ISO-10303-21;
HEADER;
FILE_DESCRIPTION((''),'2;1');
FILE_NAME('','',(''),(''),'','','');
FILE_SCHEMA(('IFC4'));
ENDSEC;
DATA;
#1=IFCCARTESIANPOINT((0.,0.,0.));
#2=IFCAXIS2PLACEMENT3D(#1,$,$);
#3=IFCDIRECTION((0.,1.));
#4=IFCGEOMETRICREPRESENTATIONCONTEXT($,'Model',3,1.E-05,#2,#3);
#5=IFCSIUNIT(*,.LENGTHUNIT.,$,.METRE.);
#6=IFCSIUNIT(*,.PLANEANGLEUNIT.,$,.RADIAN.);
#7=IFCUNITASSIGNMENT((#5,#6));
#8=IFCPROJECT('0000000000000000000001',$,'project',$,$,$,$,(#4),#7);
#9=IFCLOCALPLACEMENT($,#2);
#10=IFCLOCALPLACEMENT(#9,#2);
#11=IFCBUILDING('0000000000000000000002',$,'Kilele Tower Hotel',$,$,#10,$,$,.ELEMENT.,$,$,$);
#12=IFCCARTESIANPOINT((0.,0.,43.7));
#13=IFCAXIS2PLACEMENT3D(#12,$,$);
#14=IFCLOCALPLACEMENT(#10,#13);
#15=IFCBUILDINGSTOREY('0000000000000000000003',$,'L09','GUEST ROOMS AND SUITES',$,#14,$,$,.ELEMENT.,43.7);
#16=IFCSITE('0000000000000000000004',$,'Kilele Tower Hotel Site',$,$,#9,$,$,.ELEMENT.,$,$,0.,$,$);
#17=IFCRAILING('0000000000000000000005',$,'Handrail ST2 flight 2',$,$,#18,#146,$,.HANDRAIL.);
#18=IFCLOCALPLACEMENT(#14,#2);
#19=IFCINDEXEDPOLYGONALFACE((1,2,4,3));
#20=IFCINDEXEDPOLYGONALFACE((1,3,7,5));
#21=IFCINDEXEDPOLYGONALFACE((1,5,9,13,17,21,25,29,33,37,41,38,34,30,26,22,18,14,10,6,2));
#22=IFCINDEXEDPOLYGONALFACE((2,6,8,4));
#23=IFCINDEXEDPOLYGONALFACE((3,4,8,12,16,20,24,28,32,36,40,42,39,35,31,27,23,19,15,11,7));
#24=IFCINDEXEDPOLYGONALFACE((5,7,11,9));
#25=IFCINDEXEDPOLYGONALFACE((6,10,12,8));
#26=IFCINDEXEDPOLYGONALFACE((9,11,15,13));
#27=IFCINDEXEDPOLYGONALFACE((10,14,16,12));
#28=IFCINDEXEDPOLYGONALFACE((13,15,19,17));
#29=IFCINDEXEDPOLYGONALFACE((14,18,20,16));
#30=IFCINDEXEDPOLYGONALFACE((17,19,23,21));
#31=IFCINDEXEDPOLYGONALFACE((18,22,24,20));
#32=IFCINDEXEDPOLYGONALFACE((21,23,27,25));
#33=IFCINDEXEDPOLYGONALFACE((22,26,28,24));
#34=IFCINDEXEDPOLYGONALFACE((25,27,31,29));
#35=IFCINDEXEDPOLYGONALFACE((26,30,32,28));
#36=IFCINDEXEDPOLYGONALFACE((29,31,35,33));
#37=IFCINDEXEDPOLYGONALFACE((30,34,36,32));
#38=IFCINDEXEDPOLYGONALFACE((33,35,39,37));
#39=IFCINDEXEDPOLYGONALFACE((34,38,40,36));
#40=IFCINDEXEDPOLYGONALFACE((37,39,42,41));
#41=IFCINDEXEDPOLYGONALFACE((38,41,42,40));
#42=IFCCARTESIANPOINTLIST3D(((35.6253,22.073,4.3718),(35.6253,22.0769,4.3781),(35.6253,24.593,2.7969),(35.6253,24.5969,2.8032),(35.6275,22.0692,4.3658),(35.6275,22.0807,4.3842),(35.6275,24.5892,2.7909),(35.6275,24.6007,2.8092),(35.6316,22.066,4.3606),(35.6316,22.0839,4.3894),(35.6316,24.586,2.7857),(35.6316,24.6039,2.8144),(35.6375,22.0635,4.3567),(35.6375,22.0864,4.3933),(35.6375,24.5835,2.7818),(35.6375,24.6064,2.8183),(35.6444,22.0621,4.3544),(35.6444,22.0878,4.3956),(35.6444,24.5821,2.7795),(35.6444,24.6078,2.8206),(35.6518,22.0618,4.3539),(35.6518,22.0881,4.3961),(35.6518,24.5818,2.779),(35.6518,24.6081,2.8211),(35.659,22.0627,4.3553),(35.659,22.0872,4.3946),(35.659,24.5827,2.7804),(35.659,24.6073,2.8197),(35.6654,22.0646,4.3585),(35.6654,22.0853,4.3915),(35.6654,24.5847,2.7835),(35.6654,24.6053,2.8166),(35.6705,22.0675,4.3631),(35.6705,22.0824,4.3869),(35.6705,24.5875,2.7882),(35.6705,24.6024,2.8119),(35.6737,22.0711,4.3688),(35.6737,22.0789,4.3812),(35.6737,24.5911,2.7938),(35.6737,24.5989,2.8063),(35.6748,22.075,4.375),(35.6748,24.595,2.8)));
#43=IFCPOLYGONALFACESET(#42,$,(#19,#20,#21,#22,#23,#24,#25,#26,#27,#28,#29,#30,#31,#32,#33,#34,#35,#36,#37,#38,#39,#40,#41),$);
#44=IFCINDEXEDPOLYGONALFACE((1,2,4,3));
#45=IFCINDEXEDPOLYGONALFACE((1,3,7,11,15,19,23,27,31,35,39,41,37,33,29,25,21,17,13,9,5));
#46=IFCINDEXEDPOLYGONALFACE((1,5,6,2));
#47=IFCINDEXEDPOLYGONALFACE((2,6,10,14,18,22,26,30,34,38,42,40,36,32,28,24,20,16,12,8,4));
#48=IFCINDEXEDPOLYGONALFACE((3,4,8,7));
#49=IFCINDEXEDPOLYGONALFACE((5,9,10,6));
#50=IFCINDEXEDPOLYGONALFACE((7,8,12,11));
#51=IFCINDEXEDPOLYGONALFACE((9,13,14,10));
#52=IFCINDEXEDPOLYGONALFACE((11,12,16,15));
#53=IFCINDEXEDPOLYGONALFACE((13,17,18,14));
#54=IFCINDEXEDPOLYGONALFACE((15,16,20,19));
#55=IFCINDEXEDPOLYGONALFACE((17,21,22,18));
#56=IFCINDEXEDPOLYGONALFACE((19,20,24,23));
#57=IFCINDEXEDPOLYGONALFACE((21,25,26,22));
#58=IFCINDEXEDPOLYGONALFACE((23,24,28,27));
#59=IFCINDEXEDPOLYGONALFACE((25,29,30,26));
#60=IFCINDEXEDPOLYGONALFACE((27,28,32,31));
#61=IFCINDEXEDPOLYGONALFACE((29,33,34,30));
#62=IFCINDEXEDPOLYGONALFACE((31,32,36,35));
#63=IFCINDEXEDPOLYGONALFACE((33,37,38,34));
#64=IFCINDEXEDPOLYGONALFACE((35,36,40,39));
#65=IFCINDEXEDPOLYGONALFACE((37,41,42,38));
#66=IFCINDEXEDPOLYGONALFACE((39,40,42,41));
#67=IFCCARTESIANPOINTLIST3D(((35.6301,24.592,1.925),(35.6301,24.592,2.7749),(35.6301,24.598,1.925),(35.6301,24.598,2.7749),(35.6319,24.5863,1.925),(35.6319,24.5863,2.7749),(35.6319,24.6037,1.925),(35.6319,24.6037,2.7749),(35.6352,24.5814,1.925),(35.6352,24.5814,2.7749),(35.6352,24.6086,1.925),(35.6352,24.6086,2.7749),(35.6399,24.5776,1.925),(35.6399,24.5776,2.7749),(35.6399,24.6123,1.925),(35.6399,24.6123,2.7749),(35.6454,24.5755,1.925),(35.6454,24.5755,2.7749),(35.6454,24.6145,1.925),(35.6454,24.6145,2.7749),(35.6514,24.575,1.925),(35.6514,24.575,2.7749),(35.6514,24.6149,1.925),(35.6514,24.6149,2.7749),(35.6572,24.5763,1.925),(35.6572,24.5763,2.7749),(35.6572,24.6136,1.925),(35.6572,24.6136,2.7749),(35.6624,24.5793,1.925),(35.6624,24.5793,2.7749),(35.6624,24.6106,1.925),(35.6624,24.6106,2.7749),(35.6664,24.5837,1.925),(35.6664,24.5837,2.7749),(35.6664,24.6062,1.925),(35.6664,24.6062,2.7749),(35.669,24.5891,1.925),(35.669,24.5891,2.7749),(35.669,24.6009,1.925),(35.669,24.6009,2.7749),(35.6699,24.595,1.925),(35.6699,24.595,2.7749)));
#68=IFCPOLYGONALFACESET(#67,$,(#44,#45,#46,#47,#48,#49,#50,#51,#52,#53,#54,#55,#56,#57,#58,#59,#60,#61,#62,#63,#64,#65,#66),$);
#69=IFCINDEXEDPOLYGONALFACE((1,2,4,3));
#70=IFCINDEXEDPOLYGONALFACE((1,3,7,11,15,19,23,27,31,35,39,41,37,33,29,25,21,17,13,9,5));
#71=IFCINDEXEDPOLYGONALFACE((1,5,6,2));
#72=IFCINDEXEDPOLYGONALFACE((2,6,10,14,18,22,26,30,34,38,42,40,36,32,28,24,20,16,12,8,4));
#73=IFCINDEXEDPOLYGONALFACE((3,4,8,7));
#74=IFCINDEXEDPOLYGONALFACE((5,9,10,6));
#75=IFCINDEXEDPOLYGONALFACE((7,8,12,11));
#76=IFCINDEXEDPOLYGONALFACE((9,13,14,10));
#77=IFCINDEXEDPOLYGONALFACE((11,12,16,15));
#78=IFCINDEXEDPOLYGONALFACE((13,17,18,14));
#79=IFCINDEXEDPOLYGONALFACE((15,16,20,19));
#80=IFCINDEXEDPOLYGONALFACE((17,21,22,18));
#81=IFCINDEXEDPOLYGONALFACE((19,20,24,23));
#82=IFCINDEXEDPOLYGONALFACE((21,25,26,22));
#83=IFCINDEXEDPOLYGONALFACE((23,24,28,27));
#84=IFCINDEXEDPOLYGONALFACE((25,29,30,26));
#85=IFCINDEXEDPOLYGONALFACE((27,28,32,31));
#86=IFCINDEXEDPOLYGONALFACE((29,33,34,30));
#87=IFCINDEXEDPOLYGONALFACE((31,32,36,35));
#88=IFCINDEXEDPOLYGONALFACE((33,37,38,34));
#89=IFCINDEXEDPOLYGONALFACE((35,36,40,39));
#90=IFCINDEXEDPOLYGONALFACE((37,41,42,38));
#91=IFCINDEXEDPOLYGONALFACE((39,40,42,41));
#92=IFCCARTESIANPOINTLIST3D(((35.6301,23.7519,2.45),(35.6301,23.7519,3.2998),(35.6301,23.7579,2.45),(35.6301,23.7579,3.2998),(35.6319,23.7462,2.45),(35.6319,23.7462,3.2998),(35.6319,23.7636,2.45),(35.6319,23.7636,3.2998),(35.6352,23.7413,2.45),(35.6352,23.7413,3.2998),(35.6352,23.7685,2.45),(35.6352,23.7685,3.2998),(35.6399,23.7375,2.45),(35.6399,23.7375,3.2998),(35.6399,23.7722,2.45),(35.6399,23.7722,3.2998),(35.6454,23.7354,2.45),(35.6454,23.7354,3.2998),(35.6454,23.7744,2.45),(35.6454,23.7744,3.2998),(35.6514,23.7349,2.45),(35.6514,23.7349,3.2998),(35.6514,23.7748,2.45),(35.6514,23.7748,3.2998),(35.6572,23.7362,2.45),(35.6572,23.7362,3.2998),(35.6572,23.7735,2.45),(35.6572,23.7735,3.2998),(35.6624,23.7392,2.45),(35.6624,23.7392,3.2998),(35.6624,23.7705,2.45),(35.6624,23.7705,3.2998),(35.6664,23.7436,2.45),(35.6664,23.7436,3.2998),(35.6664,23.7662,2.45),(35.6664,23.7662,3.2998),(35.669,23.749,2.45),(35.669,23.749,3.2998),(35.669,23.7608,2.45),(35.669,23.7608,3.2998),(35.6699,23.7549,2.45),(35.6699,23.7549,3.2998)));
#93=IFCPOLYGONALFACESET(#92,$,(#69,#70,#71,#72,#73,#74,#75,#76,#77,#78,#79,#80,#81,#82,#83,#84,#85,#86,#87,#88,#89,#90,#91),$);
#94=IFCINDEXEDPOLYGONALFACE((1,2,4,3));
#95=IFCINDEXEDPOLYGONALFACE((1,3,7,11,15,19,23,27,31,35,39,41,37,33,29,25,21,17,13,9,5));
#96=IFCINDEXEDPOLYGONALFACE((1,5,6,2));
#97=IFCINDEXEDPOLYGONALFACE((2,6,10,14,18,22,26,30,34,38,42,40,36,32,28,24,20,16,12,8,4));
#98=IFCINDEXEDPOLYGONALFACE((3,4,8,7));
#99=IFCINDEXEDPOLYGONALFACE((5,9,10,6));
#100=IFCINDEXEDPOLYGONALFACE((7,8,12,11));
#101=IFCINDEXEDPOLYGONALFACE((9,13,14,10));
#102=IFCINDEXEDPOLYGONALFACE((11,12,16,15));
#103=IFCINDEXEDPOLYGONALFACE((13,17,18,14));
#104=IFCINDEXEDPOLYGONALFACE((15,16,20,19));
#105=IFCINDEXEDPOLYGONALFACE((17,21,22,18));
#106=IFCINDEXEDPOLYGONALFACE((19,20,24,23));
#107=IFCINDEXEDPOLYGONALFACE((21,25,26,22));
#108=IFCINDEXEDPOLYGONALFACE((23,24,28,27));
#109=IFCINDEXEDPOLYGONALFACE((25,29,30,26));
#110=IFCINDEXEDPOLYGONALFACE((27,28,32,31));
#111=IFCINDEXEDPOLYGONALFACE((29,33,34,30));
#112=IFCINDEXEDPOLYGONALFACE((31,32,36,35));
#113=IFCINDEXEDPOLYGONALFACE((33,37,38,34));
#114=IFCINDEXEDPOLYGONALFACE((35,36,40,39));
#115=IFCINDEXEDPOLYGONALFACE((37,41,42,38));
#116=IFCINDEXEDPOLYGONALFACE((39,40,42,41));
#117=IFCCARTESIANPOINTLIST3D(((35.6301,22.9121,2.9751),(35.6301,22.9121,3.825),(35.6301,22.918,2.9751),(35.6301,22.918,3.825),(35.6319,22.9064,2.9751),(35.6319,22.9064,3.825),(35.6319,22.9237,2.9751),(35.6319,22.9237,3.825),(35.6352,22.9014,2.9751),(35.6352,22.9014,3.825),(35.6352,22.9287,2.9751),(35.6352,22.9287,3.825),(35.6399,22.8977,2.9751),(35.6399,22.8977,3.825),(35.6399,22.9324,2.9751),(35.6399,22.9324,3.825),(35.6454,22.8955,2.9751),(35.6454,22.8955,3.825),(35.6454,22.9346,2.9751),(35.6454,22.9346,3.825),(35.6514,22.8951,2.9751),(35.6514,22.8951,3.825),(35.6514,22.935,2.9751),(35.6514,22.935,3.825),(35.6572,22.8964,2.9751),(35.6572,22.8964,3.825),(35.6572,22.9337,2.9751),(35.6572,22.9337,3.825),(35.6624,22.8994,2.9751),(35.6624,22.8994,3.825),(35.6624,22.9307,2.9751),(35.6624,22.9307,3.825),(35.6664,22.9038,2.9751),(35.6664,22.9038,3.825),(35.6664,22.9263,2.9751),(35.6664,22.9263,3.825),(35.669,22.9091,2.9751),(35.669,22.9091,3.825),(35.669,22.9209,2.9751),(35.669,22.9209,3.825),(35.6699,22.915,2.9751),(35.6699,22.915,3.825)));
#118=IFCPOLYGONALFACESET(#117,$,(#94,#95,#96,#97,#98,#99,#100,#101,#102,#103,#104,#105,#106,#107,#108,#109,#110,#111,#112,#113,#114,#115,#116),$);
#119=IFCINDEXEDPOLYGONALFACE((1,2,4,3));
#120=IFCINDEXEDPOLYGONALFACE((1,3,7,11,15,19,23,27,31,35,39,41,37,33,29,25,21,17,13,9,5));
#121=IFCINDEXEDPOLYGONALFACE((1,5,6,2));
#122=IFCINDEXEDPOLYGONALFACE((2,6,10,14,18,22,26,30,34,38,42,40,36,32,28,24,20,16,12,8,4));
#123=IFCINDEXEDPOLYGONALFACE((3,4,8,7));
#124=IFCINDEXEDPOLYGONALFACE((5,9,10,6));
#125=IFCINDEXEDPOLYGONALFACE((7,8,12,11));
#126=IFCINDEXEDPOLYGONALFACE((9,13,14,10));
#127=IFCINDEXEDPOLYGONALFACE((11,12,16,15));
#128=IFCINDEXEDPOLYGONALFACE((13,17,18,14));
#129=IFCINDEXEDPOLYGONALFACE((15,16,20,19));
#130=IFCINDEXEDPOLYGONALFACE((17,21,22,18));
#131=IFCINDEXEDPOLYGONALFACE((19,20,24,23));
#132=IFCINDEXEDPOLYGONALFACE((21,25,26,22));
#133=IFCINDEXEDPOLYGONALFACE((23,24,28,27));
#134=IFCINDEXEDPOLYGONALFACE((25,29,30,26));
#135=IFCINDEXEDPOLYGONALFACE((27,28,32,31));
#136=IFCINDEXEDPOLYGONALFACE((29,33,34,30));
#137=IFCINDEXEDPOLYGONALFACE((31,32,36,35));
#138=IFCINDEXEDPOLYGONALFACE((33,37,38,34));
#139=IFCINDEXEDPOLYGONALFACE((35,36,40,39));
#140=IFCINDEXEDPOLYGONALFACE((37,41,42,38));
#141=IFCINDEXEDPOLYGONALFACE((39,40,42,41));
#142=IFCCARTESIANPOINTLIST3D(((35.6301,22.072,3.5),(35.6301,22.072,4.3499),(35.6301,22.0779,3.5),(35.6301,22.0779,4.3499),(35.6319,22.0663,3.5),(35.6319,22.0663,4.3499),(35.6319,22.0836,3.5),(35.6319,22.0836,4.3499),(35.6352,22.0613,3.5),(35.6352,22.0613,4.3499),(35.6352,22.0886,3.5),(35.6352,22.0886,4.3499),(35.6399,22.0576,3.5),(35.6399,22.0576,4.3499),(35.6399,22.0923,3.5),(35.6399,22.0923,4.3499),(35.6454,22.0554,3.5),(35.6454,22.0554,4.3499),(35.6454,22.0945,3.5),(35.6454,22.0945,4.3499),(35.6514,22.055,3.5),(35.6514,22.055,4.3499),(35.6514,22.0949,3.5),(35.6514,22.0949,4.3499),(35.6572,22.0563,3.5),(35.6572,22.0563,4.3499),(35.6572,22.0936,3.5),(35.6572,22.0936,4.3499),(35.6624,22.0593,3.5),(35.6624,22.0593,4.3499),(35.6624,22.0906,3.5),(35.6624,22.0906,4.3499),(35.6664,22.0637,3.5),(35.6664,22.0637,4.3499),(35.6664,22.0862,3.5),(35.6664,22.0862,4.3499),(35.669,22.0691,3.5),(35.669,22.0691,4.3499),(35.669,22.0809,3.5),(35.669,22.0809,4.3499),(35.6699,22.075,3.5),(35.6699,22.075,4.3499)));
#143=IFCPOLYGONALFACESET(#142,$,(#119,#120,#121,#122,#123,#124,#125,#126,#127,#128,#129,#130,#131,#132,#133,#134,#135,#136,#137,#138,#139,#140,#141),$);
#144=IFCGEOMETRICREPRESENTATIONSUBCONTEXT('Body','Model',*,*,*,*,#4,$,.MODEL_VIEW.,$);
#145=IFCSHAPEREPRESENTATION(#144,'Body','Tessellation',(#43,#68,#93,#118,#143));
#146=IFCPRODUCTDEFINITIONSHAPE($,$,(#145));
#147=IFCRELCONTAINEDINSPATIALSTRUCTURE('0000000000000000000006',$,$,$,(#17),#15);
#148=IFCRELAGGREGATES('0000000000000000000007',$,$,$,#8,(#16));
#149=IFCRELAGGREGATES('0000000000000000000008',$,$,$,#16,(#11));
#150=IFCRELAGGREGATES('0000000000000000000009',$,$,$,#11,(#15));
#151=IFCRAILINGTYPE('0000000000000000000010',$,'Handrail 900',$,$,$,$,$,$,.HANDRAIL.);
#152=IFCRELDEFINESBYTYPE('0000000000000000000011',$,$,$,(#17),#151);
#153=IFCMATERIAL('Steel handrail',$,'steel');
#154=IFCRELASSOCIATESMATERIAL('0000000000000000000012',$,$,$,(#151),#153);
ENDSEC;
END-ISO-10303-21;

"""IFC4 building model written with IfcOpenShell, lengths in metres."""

from ifc_helpers import new_model, si_unit, direction, frame, origin, origin_2d, place, context, subcontext, project, spatial, circle, extrude, material, type_object, element, save


model = new_model("IFC4")

# Units and contexts
model_context = context("Model", 3, precision=1e-05, world=origin(), true_north=direction((0.0, 1.0)))
body_context = subcontext(model_context, "Body", "Model", "MODEL_VIEW")
ifc_project = project(units=[si_unit("LENGTHUNIT", "METRE"), si_unit("PLANEANGLEUNIT", "RADIAN")], contexts=[model_context])

# Site, building, storey
site_placement = place(None, origin())
site = spatial("IfcSite", under=ifc_project, at=site_placement, Name="Kilele Tower Hotel Site", CompositionType="ELEMENT", RefElevation=0.0)
building_placement = place(site_placement, origin())
building = spatial("IfcBuilding", under=site, at=building_placement, Name="Kilele Tower Hotel", CompositionType="ELEMENT")
storey_placement = place(building_placement, frame((0.0, 0.0, 43.7)))
storey = spatial("IfcBuildingStorey", under=building, at=storey_placement, Name="L09", Description="GUEST ROOMS AND SUITES", CompositionType="ELEMENT", Elevation=43.7)

# Railing
ifc_material_1 = material(Name="Steel handrail", Category="steel")
railing_type_1 = type_object("IfcRailingType", Name="Handrail 900", PredefinedType="HANDRAIL", material=ifc_material_1)
for number, where, name in (
    (1, (35.6499, 24.595, 1.925), "Handrail ST2 flight 2"),
):
    element("IfcRailing", number, at=place(storey_placement, frame(where)), inside=storey, type_object=railing_type_1, Name=name, PredefinedType="HANDRAIL", context=body_context, shape_type="SweptSolid", body=[
        extrude(circle(Radius=0.0249, at=origin_2d()), frame((0.0, 0.0, 0.875), z_axis=(0.0, -0.848008, 0.529984), x_axis=(1.0, 0.0, 0.0)), (0.0, 0.0, 1.0), 2.9717),
        extrude(circle(Radius=0.02, at=origin_2d()), origin(), (0.0, 0.0, 1.0), 0.8499),
        extrude(circle(Radius=0.02, at=origin_2d()), frame((0.0, -0.8401, 0.5249)), (0.0, 0.0, 1.0), 0.8499),
        extrude(circle(Radius=0.02, at=origin_2d()), frame((0.0, -1.6799, 1.05)), (0.0, 0.0, 1.0), 0.8499),
        extrude(circle(Radius=0.02, at=origin_2d()), frame((0.0, -2.52, 1.575)), (0.0, 0.0, 1.0), 0.8499),
    ])

save(model, "model.ifc")
